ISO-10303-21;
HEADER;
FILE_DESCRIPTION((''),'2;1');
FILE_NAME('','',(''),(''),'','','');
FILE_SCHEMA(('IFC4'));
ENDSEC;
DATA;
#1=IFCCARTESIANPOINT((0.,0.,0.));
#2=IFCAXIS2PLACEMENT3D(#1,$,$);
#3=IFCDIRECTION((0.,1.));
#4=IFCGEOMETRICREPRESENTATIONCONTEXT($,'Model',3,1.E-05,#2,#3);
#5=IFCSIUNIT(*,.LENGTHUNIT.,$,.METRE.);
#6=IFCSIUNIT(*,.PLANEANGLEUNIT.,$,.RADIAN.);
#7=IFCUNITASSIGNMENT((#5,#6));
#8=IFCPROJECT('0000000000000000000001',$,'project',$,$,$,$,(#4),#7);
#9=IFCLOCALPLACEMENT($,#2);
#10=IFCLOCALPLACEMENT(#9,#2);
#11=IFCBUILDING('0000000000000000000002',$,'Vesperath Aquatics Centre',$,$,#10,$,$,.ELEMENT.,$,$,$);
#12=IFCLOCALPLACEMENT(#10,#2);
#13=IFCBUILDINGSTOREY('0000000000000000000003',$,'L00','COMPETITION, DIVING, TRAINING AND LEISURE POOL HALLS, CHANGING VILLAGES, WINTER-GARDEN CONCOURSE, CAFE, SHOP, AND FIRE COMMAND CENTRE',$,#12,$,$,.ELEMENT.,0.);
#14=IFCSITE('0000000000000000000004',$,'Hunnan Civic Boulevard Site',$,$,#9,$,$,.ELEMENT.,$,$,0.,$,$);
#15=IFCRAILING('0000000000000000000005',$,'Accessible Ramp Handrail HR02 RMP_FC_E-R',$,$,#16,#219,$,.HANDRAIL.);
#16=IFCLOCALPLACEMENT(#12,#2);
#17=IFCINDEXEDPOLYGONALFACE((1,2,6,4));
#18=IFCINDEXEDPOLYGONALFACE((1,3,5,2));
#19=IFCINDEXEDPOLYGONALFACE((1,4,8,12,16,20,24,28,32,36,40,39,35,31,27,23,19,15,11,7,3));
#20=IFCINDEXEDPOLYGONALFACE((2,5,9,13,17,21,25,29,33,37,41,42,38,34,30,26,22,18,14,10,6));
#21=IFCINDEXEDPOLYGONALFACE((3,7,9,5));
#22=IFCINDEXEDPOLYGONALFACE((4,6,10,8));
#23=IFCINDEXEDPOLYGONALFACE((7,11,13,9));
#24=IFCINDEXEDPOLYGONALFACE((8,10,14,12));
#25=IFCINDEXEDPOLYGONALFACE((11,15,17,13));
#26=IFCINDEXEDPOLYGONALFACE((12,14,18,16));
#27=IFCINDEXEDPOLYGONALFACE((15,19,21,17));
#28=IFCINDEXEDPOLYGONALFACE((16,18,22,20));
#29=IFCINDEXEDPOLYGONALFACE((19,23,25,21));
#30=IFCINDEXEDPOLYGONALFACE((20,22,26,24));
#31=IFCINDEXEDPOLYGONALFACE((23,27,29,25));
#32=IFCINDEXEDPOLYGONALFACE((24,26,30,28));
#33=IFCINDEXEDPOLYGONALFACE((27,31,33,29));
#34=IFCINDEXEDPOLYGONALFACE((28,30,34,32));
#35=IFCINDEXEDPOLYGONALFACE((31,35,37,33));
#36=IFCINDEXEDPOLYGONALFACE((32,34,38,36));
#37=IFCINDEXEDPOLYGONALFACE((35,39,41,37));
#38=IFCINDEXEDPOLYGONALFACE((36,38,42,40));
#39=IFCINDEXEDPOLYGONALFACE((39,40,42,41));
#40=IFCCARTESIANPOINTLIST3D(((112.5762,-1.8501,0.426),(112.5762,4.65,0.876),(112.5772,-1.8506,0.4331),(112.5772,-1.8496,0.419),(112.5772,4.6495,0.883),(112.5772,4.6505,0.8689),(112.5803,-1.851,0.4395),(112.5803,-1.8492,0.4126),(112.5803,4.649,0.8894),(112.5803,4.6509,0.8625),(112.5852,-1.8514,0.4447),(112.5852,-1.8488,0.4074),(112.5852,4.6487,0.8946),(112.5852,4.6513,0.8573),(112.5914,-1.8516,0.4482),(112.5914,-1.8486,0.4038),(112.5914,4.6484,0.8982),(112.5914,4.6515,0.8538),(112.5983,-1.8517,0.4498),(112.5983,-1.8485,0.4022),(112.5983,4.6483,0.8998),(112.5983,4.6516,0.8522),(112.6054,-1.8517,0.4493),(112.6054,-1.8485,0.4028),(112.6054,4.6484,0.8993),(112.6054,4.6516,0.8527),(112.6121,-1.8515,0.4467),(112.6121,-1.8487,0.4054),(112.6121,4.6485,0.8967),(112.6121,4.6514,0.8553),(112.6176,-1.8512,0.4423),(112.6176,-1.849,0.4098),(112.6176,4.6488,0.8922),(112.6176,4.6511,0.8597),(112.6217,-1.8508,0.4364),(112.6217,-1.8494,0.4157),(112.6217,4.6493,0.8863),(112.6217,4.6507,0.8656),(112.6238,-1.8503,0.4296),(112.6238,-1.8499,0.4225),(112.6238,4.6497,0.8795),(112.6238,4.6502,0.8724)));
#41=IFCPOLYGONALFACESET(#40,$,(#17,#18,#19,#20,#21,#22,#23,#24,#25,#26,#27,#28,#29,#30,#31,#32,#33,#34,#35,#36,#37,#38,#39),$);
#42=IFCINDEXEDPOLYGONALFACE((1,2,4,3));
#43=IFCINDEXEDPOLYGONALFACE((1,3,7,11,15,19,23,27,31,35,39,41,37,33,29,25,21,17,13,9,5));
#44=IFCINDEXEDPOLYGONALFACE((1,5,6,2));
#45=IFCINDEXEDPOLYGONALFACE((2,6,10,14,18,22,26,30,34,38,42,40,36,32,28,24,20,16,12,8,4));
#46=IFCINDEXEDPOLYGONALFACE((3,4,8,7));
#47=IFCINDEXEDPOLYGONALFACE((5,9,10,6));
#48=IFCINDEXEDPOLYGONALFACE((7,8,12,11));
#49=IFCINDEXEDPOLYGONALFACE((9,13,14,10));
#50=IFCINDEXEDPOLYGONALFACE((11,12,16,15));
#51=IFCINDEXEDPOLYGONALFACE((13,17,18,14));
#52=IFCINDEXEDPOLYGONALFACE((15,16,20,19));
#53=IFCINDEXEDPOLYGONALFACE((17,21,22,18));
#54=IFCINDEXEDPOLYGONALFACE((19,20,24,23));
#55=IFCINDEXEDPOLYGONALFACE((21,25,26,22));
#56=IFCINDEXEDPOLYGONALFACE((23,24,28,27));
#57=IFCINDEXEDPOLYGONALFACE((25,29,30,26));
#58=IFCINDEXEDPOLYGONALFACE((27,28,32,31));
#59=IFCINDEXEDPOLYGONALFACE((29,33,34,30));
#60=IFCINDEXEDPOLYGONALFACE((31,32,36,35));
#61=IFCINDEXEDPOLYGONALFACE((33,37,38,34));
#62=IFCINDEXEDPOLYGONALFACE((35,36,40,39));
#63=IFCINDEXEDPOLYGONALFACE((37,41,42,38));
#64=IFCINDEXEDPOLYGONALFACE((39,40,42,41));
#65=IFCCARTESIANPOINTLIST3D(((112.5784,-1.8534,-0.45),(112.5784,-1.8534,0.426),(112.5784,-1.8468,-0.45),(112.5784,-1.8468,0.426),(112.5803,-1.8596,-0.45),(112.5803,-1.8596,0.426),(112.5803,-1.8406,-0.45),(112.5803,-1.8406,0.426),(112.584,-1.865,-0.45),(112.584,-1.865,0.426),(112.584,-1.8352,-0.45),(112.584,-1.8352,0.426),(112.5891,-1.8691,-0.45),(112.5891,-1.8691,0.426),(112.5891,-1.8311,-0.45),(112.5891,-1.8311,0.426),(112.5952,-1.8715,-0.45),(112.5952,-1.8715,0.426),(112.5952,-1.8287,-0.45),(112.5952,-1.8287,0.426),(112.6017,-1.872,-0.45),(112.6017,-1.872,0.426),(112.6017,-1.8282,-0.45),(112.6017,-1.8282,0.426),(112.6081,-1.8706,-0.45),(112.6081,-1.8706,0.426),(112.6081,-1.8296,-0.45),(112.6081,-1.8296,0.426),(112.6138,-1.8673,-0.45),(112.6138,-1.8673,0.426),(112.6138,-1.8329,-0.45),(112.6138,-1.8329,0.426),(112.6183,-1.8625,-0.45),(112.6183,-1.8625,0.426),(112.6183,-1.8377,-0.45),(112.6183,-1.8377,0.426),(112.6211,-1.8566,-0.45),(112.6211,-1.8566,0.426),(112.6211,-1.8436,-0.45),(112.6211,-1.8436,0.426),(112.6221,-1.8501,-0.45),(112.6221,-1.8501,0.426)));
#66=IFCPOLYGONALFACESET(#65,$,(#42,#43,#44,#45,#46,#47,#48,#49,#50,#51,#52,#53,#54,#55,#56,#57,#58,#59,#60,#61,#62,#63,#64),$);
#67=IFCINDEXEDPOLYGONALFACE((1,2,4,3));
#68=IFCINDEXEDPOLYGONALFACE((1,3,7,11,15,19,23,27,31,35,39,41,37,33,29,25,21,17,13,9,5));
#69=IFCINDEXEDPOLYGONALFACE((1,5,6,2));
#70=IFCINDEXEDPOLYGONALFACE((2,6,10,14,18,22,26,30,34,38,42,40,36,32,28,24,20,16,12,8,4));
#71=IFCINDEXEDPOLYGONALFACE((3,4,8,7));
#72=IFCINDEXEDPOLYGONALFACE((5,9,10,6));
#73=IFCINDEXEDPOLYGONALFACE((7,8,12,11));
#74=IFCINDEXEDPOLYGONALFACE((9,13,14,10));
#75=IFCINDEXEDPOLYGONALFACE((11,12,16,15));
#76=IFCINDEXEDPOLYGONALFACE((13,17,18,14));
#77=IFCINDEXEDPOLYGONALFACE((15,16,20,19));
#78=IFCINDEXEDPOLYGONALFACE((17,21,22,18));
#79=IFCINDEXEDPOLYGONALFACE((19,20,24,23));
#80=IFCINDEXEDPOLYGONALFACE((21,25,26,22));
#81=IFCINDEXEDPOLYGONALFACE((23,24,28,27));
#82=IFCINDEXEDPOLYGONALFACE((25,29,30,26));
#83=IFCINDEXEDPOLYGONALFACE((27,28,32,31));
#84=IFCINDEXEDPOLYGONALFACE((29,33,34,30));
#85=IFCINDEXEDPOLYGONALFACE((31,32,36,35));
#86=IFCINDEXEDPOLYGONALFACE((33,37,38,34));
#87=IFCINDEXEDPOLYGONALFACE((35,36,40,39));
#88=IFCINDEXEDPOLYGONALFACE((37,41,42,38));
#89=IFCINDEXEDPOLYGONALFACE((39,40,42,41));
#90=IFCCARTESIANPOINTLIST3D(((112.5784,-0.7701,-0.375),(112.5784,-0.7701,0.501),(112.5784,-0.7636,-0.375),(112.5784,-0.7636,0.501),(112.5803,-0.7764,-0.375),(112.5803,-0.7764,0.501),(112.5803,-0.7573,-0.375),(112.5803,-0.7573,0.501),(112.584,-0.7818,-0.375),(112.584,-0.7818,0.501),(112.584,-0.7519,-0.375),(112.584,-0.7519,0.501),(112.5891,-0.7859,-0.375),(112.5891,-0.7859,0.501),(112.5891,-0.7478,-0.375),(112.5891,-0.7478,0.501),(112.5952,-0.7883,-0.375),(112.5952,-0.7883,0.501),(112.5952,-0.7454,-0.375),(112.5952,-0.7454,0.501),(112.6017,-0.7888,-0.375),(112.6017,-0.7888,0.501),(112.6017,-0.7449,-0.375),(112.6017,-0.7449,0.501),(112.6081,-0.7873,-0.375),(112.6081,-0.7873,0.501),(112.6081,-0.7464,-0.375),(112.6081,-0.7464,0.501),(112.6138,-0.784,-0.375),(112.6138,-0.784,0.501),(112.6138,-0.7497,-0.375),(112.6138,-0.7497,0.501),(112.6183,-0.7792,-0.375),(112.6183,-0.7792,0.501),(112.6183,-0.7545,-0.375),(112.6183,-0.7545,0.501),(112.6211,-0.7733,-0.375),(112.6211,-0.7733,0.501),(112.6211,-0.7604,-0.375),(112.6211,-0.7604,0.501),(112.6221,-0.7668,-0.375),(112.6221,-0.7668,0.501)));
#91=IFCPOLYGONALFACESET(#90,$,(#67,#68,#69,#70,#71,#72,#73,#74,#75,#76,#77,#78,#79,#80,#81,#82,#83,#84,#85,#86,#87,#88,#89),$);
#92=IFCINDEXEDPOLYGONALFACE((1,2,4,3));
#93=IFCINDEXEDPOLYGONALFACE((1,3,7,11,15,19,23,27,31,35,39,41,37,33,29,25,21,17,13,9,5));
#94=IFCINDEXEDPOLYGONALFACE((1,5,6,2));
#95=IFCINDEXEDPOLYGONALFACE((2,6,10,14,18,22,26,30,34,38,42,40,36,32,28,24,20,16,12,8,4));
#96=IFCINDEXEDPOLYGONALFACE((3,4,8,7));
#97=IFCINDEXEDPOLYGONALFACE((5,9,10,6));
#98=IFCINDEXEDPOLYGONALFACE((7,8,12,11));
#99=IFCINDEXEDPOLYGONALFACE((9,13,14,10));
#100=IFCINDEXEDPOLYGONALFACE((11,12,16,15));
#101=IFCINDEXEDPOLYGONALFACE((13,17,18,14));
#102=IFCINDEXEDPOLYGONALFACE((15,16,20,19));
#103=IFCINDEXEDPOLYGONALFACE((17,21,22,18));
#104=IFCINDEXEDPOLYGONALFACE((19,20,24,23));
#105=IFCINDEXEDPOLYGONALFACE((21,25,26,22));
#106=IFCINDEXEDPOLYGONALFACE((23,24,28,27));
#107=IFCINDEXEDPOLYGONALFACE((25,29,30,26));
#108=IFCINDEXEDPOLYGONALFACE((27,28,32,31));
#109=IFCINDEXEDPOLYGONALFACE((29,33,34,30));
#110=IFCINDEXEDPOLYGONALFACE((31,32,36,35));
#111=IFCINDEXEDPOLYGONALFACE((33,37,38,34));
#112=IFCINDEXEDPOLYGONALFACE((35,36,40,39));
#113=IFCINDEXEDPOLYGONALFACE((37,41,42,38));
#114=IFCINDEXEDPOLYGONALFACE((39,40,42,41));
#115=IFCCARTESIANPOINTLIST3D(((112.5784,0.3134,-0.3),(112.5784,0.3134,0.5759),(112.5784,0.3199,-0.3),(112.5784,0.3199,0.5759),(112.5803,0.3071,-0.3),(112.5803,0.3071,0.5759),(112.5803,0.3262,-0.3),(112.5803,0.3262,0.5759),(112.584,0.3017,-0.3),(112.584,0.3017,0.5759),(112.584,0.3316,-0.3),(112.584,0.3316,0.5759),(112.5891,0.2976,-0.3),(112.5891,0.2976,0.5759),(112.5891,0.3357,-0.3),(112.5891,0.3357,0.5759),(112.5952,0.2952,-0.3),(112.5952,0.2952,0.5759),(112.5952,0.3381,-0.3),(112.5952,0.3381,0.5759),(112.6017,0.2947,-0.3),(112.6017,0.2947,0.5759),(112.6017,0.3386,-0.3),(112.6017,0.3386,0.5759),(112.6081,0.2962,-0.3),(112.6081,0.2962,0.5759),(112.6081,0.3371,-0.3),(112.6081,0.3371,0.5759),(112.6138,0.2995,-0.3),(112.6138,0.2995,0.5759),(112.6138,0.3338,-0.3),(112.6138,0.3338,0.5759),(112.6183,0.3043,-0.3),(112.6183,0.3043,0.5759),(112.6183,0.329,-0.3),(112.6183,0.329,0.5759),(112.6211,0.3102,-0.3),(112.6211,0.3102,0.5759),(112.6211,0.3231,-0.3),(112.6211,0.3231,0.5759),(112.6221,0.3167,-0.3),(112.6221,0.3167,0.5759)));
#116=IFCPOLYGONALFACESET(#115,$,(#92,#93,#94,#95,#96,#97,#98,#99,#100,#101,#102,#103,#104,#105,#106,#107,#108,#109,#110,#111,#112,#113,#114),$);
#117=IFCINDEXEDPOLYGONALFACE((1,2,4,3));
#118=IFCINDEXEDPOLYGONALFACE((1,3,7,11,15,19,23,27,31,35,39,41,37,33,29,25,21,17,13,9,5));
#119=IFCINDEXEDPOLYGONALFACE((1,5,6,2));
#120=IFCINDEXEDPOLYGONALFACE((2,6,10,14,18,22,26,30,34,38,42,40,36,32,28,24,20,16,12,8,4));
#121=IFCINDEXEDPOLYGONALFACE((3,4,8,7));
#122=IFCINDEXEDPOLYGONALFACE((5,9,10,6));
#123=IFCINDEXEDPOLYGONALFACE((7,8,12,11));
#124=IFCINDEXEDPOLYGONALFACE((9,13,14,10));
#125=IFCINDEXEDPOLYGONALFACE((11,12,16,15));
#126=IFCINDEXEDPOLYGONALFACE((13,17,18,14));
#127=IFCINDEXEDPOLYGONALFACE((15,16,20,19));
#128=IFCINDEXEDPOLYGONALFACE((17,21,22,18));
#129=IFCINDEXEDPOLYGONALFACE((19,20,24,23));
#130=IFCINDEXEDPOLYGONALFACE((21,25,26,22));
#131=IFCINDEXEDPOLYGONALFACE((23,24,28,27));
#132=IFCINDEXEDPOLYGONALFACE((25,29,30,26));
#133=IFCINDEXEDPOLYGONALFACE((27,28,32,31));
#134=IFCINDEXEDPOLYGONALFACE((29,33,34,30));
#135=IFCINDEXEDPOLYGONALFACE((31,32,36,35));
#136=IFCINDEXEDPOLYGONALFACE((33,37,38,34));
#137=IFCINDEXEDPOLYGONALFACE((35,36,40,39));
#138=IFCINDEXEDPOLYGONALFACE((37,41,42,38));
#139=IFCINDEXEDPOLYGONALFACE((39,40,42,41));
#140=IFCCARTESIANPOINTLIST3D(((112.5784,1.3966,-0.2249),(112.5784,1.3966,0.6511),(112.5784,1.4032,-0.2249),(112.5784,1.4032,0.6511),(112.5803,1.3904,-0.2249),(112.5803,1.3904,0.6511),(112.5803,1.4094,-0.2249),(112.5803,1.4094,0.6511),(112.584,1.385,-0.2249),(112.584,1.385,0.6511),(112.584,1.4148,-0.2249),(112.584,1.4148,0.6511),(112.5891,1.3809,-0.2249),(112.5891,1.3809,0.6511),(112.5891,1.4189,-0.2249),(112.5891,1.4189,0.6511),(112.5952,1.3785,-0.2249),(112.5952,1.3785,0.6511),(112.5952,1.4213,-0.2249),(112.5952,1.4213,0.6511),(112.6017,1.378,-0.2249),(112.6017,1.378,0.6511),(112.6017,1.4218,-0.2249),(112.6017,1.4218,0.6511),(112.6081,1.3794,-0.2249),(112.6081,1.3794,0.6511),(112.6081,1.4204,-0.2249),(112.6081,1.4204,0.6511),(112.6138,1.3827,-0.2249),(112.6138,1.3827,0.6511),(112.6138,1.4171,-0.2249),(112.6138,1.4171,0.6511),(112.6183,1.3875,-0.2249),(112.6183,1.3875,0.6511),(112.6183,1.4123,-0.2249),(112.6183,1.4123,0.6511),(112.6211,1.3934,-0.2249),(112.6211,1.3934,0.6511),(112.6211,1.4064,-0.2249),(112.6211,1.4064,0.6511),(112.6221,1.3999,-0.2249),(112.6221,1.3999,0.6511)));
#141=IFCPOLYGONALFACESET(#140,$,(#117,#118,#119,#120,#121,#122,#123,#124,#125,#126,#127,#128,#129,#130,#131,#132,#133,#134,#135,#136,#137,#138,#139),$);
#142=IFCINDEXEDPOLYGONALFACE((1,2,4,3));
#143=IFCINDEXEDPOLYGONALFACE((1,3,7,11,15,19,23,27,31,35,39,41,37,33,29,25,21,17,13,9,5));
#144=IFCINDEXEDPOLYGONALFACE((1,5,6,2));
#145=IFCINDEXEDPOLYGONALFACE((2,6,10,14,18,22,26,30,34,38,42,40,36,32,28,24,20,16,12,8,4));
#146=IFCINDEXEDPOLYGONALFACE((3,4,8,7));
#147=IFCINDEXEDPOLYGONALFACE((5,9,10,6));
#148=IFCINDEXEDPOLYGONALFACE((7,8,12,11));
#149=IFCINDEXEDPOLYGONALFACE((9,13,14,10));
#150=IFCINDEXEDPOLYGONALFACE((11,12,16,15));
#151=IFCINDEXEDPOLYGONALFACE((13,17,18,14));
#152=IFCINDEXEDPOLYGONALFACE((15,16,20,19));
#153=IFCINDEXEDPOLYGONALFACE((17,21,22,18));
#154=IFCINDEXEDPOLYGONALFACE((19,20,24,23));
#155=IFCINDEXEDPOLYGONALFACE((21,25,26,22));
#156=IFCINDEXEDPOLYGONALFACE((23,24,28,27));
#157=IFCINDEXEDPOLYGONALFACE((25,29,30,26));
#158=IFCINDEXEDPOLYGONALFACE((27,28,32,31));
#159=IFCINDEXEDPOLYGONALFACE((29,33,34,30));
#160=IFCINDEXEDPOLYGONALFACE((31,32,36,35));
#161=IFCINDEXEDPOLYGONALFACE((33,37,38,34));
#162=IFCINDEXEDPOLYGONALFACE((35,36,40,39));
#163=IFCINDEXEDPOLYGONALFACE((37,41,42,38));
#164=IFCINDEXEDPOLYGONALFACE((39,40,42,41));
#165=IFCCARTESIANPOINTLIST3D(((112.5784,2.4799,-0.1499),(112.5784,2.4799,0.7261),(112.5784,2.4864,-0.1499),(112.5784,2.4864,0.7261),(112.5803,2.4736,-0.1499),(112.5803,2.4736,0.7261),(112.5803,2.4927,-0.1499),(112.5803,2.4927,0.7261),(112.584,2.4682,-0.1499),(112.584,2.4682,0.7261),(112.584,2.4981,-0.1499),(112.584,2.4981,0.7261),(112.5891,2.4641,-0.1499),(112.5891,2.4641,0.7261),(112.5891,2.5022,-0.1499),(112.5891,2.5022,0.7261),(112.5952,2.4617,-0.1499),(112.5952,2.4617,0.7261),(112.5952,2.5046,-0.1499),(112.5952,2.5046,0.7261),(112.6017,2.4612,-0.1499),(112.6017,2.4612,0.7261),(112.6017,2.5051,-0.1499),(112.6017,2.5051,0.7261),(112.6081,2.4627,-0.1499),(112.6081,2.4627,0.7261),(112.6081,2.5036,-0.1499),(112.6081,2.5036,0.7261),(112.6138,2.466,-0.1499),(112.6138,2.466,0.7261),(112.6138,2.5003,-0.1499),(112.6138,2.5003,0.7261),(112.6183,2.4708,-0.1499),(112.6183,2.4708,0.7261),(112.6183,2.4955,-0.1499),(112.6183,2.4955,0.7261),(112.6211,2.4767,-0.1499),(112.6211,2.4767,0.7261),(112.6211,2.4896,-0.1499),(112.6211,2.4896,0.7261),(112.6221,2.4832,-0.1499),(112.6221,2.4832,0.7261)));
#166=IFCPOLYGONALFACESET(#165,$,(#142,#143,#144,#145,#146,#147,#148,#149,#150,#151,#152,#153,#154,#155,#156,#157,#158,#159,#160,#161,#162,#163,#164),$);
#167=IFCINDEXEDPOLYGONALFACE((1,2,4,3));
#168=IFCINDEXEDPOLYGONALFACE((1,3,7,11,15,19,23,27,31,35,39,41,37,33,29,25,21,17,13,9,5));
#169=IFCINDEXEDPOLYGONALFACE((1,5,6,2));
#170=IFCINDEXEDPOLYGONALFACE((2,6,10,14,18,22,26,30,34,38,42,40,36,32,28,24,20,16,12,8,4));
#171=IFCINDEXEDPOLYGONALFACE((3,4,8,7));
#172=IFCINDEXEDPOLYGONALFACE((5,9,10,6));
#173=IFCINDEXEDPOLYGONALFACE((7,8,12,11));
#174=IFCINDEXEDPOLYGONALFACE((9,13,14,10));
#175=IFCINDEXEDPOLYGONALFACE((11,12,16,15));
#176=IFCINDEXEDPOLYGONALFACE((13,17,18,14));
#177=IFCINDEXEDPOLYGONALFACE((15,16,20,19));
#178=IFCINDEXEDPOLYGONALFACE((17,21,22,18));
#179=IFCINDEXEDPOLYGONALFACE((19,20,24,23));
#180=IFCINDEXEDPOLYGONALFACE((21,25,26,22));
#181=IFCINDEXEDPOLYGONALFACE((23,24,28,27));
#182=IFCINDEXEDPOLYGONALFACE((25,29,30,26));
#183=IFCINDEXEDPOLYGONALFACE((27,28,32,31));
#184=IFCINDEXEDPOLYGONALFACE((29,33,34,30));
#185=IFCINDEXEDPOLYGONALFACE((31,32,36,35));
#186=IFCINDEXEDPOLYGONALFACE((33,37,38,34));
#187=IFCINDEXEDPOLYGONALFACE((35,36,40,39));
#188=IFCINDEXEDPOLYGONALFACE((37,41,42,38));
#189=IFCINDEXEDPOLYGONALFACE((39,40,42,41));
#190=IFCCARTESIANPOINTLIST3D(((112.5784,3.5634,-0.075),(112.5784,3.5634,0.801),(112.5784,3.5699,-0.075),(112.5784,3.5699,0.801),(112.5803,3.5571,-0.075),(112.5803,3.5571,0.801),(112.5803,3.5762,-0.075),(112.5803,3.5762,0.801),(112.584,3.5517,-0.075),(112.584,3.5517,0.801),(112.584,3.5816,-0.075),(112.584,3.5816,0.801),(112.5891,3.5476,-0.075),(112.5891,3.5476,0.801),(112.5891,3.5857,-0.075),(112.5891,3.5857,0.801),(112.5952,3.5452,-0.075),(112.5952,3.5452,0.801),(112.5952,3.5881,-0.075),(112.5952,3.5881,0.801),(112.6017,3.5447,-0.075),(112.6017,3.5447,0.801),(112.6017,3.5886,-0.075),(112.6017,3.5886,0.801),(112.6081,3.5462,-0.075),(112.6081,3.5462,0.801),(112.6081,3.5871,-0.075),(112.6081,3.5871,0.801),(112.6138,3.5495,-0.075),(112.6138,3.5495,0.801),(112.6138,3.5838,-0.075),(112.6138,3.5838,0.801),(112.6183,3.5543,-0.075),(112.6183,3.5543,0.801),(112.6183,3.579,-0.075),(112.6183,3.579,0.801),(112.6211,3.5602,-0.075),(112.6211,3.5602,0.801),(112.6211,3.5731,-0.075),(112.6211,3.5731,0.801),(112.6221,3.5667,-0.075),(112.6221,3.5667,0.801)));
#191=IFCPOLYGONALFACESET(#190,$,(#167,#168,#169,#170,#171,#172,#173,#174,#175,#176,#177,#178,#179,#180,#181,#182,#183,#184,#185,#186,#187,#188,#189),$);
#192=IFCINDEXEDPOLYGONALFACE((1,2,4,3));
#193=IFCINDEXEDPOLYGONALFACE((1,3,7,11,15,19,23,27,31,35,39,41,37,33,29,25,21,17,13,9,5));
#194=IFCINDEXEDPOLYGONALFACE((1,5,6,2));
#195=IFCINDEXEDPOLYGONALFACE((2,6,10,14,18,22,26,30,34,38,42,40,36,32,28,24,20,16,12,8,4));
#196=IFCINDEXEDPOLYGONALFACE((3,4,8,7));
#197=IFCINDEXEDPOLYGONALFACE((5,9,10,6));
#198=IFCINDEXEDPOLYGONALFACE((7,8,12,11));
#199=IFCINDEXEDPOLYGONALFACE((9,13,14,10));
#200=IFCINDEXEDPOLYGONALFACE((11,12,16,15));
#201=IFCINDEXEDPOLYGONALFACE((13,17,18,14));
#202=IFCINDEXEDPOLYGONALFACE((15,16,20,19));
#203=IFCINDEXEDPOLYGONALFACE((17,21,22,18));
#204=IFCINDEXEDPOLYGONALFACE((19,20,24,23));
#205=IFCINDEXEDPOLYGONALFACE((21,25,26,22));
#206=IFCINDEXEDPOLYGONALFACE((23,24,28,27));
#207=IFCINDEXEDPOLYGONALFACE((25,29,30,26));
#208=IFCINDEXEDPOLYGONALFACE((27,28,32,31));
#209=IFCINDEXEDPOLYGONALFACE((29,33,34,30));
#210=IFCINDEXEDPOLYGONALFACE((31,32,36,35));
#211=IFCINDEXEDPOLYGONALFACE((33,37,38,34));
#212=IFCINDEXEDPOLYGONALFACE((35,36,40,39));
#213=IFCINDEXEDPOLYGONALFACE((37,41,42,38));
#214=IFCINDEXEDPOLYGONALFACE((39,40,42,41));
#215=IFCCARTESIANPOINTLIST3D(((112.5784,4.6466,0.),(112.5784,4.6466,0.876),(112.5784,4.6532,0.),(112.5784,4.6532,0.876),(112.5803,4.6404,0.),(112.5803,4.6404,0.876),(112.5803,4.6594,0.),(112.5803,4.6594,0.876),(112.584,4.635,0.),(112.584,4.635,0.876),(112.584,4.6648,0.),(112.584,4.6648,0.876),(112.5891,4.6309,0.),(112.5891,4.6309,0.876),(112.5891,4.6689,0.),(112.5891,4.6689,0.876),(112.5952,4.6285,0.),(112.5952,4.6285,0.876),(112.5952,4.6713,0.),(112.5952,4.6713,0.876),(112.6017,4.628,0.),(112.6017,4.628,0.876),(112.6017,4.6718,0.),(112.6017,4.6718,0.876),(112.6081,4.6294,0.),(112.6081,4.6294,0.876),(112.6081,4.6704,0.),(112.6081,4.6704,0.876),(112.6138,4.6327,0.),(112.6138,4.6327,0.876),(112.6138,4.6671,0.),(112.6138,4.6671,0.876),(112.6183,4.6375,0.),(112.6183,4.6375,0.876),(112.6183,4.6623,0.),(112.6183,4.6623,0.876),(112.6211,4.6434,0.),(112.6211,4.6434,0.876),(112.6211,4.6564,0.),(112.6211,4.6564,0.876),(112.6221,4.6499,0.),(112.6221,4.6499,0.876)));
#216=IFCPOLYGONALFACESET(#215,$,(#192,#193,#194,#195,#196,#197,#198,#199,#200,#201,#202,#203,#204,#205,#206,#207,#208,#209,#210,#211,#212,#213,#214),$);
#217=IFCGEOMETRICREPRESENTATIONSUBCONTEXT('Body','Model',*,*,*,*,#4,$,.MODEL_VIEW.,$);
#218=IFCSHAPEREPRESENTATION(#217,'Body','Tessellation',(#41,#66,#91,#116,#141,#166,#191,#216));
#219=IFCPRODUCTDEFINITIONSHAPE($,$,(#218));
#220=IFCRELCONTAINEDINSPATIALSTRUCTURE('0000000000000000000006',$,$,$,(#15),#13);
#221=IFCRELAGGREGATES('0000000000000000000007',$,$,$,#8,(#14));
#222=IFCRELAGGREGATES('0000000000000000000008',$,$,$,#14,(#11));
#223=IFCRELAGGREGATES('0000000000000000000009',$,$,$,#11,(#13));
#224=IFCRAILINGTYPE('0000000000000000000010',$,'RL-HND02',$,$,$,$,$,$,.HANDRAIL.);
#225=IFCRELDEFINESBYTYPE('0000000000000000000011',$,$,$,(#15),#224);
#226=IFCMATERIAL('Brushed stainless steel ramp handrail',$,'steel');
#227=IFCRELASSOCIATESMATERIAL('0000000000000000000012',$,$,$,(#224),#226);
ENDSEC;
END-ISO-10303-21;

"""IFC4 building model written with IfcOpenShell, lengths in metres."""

from ifc_helpers import new_model, si_unit, direction, frame, origin, origin_2d, place, context, subcontext, project, spatial, circle, extrude, material, type_object, element, save


model = new_model("IFC4")

# Units and contexts
model_context = context("Model", 3, precision=1e-05, world=origin(), true_north=direction((0.0, 1.0)))
body_context = subcontext(model_context, "Body", "Model", "MODEL_VIEW")
ifc_project = project(units=[si_unit("LENGTHUNIT", "METRE"), si_unit("PLANEANGLEUNIT", "RADIAN")], contexts=[model_context])

# Site, building, storey
site_placement = place(None, origin())
site = spatial("IfcSite", under=ifc_project, at=site_placement, Name="Hunnan Civic Boulevard Site", CompositionType="ELEMENT", RefElevation=0.0)
building_placement = place(site_placement, origin())
building = spatial("IfcBuilding", under=site, at=building_placement, Name="Vesperath Aquatics Centre", CompositionType="ELEMENT")
storey_placement = place(building_placement, origin())
storey = spatial("IfcBuildingStorey", under=building, at=storey_placement, Name="L00", Description="COMPETITION, DIVING, TRAINING AND LEISURE POOL HALLS, CHANGING VILLAGES, WINTER-GARDEN CONCOURSE, CAFE, SHOP, AND FIRE COMMAND CENTRE", CompositionType="ELEMENT", Elevation=0.0)

# Railing
ifc_material_1 = material(Name="Brushed stainless steel ramp handrail", Category="steel")
railing_type = type_object("IfcRailingType", Name="RL-HND02", PredefinedType="HANDRAIL", material=ifc_material_1)
for number, where, name in (
    (1, (112.6001, -1.8501, -0.45), "Accessible Ramp Handrail HR02 RMP_FC_E-R"),
):
    element("IfcRailing", number, at=place(storey_placement, frame(where)), inside=storey, type_object=railing_type, Name=name, PredefinedType="HANDRAIL", context=body_context, shape_type="SweptSolid", body=[
        extrude(circle(Radius=0.0239, at=origin_2d()), frame((0.0, 0.0, 0.876), z_axis=(0.0, 0.997613, 0.069058), x_axis=(-1.0, 0.0, 0.0)), (0.0, 0.0, 1.0), 6.5156),
        extrude(circle(Radius=0.022, at=origin_2d()), origin(), (0.0, 0.0, 1.0), 0.876),
        extrude(circle(Radius=0.022, at=origin_2d()), frame((0.0, 1.0833, 0.075)), (0.0, 0.0, 1.0), 0.876),
        extrude(circle(Radius=0.022, at=origin_2d()), frame((0.0, 2.1667, 0.1499)), (0.0, 0.0, 1.0), 0.876),
        extrude(circle(Radius=0.022, at=origin_2d()), frame((0.0, 3.25, 0.2251)), (0.0, 0.0, 1.0), 0.876),
        extrude(circle(Radius=0.022, at=origin_2d()), frame((0.0, 4.3333, 0.3)), (0.0, 0.0, 1.0), 0.876),
        extrude(circle(Radius=0.022, at=origin_2d()), frame((0.0, 5.4167, 0.375)), (0.0, 0.0, 1.0), 0.876),
        extrude(circle(Radius=0.022, at=origin_2d()), frame((0.0, 6.5, 0.45)), (0.0, 0.0, 1.0), 0.876),
    ])

save(model, "model.ifc")
